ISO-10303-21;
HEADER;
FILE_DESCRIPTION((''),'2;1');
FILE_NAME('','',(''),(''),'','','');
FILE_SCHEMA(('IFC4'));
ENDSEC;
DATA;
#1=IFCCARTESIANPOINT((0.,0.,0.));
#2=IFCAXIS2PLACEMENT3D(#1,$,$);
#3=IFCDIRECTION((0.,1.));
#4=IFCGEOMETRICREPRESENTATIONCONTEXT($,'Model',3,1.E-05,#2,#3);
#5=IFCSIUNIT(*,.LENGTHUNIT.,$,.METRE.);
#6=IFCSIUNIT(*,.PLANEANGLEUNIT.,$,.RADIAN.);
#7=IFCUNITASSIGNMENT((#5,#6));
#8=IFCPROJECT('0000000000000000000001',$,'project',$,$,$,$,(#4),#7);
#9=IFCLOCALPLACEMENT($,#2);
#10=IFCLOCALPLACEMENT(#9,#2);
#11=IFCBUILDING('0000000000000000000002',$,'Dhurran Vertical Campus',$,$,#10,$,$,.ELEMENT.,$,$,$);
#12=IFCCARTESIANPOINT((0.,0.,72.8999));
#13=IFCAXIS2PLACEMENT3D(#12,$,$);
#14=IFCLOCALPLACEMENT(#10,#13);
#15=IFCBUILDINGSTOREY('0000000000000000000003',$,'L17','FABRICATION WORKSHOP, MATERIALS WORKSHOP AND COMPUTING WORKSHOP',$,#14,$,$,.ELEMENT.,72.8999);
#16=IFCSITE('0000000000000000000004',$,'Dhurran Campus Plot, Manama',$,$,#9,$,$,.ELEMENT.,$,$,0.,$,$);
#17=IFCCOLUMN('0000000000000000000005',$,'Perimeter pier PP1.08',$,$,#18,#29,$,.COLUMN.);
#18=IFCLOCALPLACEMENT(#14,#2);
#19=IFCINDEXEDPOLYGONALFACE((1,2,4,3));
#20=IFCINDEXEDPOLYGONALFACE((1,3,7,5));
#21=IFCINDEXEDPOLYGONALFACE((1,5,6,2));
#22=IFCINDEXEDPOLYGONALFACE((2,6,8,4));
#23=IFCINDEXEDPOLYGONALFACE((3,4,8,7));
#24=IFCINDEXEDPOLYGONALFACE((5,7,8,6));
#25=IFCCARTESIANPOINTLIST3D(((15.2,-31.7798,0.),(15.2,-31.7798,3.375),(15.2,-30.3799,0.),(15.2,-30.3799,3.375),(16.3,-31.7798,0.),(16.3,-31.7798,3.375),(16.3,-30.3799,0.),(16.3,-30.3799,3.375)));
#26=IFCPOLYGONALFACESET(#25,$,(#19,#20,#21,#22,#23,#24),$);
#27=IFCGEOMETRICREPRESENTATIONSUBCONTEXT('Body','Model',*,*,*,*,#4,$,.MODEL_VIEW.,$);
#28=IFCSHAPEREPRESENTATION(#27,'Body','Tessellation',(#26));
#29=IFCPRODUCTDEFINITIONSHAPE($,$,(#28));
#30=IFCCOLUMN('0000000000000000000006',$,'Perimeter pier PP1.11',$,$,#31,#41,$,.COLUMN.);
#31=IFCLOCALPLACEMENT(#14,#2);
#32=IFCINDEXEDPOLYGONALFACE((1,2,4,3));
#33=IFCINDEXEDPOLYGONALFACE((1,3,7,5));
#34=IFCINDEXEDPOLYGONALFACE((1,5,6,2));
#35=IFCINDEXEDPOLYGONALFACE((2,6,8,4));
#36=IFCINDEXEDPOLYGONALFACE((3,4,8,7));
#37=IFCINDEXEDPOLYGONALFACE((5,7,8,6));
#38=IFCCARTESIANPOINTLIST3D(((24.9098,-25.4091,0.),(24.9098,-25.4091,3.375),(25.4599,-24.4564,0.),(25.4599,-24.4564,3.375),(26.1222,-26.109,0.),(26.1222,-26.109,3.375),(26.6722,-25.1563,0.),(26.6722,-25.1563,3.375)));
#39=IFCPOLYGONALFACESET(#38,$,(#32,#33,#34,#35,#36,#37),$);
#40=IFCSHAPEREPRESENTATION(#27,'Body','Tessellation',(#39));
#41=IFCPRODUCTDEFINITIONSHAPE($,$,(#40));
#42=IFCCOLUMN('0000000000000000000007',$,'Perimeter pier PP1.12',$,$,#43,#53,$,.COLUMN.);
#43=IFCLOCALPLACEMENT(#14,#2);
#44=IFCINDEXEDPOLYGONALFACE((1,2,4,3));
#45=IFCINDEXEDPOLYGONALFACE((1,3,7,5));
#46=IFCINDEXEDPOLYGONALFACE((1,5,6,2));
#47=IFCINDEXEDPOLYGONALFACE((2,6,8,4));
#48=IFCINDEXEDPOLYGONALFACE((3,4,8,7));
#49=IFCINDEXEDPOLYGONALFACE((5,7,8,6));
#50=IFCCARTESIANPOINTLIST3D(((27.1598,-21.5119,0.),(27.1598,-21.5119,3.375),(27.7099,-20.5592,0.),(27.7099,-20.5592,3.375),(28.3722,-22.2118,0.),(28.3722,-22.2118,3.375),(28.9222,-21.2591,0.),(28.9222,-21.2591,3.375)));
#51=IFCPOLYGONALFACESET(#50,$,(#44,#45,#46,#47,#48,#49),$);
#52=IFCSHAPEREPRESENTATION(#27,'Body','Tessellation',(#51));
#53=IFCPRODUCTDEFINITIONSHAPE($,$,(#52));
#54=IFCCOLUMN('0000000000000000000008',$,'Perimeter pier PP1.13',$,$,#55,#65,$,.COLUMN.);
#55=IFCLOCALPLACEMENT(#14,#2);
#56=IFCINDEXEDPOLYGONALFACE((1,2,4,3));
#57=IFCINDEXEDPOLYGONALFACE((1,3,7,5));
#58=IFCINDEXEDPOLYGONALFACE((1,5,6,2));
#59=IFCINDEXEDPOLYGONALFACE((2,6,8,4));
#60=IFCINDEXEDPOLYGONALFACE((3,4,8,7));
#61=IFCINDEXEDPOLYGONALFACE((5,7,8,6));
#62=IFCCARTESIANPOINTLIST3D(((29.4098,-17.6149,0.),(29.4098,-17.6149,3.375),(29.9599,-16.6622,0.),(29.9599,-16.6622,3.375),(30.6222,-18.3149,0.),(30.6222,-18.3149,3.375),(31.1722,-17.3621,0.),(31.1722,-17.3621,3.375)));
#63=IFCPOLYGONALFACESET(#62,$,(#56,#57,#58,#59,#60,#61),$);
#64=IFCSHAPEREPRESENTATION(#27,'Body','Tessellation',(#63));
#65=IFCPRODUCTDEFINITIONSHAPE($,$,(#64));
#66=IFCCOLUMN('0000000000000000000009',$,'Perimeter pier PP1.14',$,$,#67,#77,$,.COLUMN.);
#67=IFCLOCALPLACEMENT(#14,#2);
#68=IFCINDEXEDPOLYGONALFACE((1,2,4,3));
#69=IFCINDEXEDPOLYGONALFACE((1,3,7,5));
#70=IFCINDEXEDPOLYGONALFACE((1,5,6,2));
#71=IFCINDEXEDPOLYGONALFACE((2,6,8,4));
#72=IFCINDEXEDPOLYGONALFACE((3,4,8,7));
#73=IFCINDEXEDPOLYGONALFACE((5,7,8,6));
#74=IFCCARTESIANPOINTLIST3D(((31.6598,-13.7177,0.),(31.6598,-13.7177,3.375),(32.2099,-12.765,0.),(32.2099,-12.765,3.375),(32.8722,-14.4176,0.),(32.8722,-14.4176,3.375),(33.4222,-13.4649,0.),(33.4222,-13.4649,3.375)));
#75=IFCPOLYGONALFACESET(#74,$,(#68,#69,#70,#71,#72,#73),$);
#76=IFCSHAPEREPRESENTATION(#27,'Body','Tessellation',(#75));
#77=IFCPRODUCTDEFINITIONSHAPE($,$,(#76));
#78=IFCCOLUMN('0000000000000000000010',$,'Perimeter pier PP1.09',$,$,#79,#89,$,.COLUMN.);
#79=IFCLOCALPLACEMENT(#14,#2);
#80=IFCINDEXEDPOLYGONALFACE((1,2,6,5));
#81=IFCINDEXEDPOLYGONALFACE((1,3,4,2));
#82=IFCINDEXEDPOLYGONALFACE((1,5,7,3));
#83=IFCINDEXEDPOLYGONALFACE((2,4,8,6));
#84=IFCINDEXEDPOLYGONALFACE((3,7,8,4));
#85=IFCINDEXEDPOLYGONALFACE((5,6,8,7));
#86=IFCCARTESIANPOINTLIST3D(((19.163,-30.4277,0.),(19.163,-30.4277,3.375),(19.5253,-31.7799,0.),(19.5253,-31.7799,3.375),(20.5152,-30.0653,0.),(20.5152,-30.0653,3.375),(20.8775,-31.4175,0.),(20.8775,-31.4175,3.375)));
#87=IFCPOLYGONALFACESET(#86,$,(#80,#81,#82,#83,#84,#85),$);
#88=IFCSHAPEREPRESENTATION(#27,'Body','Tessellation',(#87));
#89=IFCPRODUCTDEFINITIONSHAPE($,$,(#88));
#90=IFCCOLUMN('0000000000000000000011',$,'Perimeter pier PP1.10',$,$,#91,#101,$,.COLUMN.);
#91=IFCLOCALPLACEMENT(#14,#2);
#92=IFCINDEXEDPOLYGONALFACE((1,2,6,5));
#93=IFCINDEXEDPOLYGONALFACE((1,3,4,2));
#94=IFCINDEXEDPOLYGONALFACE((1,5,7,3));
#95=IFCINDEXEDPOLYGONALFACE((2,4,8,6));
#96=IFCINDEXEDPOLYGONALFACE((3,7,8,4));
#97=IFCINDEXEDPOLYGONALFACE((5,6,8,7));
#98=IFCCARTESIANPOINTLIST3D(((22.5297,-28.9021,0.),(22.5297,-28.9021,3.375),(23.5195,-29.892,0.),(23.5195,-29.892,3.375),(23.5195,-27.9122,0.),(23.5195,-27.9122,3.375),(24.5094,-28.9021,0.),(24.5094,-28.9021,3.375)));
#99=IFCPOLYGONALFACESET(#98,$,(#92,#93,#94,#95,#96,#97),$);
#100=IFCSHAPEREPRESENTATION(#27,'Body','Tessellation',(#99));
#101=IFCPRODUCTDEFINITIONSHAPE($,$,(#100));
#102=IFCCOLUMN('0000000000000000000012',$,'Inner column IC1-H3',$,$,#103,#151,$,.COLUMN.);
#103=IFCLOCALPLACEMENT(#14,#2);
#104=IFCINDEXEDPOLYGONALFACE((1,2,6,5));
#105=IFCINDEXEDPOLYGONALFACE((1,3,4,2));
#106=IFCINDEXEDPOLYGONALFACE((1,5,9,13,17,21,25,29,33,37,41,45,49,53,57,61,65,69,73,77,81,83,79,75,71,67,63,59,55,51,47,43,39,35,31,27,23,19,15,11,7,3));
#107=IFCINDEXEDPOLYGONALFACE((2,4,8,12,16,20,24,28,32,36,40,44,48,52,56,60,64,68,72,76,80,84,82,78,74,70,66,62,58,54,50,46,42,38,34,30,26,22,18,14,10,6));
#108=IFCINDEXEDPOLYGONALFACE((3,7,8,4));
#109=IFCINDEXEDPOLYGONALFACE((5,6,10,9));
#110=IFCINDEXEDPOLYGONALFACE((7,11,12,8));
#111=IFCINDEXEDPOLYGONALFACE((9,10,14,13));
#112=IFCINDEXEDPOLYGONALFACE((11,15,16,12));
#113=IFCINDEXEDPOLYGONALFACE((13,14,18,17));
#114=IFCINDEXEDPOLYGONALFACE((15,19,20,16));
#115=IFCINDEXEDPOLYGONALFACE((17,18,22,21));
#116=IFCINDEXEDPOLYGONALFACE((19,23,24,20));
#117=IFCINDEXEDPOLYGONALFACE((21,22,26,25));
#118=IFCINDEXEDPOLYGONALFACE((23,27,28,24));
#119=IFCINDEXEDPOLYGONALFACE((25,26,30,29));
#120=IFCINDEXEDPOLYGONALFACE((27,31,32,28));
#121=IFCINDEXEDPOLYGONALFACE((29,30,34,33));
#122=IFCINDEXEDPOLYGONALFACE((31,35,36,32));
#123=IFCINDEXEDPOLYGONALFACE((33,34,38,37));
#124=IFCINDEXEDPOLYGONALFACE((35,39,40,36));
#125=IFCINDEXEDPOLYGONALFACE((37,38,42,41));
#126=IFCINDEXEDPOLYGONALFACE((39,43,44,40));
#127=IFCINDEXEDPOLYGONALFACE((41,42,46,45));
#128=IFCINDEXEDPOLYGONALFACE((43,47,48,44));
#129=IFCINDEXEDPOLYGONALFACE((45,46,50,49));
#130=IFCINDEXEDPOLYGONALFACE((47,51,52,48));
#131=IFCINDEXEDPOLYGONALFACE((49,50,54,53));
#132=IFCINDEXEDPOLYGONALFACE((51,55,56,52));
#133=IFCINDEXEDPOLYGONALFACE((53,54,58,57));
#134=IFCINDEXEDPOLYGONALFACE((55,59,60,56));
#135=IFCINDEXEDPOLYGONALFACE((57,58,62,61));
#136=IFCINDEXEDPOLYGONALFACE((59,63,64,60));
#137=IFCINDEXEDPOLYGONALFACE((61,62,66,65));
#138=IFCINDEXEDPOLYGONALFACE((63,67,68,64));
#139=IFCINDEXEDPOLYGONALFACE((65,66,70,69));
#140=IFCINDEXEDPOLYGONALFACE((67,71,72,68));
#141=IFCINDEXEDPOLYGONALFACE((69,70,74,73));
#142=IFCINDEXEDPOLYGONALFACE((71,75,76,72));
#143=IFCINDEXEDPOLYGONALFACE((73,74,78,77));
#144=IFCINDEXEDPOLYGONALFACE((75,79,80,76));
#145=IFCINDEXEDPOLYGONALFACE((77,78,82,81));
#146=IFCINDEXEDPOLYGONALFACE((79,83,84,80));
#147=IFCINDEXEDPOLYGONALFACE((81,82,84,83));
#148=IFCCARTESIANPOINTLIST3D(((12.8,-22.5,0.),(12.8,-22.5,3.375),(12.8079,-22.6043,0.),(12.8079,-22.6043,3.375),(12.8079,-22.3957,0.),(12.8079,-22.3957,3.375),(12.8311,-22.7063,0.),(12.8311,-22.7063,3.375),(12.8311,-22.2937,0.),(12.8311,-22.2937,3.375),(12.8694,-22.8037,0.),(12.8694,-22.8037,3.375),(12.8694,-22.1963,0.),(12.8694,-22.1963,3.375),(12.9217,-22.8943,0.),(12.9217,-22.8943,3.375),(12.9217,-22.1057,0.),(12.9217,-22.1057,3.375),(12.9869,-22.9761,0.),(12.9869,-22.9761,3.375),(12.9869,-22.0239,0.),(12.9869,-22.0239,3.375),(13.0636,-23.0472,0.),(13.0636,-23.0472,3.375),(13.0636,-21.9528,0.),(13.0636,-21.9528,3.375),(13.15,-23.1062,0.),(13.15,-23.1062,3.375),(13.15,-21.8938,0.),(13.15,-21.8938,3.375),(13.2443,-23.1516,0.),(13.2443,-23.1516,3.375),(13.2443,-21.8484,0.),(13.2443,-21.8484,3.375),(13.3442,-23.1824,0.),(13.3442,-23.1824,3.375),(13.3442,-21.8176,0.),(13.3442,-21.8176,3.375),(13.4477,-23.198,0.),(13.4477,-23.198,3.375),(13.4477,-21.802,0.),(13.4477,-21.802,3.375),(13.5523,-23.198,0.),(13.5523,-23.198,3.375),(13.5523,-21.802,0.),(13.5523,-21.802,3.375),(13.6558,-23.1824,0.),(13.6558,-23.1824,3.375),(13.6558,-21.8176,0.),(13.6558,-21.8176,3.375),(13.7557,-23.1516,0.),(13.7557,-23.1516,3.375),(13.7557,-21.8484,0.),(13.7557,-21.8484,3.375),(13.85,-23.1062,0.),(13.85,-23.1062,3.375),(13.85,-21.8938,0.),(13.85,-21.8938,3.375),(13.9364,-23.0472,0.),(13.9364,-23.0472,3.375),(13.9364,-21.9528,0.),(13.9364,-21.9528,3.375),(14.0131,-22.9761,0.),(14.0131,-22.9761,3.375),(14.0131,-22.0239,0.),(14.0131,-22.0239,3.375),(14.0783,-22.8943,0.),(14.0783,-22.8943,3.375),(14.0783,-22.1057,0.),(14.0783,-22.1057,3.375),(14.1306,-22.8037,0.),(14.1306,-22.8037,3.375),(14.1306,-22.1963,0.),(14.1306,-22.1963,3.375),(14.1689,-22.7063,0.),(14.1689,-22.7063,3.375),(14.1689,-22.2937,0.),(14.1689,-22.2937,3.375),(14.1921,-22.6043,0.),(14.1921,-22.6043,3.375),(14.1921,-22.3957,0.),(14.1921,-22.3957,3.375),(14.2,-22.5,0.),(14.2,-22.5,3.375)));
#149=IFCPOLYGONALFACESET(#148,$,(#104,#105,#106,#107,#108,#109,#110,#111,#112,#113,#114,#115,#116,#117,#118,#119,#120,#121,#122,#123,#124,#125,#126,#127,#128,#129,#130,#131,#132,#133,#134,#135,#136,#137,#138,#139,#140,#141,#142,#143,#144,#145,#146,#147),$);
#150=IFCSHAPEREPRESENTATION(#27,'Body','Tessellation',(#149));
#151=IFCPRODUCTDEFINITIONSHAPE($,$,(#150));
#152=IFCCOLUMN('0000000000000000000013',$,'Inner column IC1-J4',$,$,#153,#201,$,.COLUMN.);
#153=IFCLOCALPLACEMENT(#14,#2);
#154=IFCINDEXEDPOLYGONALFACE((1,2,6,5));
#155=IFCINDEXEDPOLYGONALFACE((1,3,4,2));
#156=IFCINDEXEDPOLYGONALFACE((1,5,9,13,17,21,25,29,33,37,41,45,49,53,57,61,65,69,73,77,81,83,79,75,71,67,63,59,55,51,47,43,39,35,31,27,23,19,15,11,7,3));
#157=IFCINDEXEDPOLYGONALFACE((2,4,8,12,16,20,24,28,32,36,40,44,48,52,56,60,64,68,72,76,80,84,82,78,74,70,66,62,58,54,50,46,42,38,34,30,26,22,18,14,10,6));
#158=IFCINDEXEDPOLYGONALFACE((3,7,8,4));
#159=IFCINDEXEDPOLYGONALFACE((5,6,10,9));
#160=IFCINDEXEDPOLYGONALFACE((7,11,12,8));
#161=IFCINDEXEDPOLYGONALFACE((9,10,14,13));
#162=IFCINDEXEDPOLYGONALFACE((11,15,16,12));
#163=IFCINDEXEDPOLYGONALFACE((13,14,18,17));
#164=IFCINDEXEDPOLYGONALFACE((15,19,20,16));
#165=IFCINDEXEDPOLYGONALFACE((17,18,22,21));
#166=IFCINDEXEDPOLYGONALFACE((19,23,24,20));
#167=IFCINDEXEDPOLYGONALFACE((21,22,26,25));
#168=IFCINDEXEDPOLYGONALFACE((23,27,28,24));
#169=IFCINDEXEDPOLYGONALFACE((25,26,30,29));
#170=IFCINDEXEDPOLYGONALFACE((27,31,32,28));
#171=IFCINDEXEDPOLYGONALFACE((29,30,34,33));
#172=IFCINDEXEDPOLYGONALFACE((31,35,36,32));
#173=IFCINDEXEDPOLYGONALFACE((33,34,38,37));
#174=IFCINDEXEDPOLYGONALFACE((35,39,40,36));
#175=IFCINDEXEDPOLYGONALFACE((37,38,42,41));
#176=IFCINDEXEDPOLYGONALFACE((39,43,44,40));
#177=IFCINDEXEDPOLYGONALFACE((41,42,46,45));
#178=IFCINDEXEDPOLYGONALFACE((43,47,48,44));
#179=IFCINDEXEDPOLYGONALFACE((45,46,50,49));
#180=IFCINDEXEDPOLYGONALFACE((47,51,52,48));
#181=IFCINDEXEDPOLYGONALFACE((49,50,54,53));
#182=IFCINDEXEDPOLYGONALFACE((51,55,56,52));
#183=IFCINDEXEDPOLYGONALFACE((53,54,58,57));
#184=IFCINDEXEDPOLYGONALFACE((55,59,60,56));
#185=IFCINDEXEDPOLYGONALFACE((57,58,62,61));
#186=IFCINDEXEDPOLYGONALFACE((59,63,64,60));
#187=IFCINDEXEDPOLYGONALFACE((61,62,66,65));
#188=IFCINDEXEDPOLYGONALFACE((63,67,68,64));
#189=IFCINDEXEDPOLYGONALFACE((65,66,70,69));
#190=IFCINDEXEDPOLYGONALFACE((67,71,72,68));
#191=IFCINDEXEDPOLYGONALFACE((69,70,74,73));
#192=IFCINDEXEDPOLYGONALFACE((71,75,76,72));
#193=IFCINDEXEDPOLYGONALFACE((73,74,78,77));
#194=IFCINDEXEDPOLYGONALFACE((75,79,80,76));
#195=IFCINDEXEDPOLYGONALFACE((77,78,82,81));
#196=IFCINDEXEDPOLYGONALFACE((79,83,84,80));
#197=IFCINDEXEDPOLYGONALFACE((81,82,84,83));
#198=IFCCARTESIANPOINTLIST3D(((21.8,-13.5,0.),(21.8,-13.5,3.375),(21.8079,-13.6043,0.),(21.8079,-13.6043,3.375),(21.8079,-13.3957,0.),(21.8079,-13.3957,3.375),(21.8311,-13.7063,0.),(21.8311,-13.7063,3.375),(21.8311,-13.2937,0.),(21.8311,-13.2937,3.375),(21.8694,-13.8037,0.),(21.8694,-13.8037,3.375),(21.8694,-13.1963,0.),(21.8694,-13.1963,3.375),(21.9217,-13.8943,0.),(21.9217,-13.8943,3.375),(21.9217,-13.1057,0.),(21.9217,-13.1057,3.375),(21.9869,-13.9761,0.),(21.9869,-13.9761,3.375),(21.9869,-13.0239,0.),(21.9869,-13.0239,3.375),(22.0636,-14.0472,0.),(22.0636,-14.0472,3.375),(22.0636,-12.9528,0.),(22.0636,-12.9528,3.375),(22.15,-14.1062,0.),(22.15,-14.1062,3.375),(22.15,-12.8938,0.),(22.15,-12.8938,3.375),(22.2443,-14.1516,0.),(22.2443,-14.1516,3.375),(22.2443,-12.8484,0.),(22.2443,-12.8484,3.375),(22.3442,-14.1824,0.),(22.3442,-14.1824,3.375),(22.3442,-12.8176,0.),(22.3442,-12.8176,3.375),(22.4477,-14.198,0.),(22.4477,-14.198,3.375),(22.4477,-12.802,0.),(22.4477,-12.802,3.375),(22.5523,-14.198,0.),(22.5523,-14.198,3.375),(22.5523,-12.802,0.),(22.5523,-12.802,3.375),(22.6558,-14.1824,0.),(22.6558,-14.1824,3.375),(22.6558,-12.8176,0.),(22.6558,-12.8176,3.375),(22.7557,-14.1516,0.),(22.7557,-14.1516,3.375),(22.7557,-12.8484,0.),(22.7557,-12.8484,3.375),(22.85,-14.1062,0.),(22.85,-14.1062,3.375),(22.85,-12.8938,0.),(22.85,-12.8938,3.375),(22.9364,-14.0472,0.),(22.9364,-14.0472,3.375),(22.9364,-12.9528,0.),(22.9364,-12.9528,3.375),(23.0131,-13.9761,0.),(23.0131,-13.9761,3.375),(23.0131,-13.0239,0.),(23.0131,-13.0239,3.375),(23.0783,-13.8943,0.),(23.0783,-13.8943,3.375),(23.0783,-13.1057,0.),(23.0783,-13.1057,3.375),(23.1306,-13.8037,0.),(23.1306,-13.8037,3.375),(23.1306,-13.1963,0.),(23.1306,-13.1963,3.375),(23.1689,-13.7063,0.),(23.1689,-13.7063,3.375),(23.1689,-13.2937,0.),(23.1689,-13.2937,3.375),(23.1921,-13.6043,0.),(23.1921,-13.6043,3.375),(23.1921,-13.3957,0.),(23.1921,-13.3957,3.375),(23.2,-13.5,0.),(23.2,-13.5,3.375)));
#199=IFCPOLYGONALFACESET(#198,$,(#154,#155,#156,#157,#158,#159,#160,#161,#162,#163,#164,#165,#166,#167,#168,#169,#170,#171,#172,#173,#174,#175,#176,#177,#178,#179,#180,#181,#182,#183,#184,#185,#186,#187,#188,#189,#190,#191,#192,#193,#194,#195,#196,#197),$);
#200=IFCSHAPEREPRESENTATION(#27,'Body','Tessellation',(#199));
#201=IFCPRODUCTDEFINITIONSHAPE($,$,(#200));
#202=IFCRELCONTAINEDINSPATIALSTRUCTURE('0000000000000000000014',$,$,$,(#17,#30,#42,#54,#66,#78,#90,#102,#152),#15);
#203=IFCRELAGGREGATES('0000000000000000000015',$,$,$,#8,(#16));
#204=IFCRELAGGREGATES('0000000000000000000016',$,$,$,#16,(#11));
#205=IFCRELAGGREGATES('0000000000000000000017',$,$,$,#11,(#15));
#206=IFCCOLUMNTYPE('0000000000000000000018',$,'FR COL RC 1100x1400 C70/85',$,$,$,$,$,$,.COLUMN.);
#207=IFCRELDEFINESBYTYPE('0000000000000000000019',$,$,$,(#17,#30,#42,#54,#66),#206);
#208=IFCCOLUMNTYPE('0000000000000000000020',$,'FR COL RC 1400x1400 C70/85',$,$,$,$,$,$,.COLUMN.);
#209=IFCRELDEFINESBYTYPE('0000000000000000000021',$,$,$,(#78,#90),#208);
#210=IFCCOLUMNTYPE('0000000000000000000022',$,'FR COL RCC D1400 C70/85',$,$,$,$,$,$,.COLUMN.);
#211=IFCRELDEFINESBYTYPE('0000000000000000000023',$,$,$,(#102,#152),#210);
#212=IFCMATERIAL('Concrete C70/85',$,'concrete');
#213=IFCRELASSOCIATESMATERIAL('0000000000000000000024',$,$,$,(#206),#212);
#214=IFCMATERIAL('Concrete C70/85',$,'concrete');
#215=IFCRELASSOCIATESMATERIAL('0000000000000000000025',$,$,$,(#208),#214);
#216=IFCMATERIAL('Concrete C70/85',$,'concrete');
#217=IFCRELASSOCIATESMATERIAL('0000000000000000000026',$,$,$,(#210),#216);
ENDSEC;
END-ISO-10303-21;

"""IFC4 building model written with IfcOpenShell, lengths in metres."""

from ifc_helpers import new_model, si_unit, direction, frame, origin, origin_2d, place, context, subcontext, project, spatial, rectangle, circle, extrude, material, material_profile, profile_set, type_object, element, save


model = new_model("IFC4")

# Units and contexts
model_context = context("Model", 3, precision=1e-05, world=origin(), true_north=direction((0.0, 1.0)))
body_context = subcontext(model_context, "Body", "Model", "MODEL_VIEW")
ifc_project = project(units=[si_unit("LENGTHUNIT", "METRE"), si_unit("PLANEANGLEUNIT", "RADIAN")], contexts=[model_context])

# Site, building, storey
site_placement = place(None, origin())
site = spatial("IfcSite", under=ifc_project, at=site_placement, Name="Dhurran Campus Plot, Manama", CompositionType="ELEMENT", RefElevation=0.0)
building_placement = place(site_placement, origin())
building = spatial("IfcBuilding", under=site, at=building_placement, Name="Dhurran Vertical Campus", CompositionType="ELEMENT")
storey_placement = place(building_placement, frame((0.0, 0.0, 72.8999)))
storey = spatial("IfcBuildingStorey", under=building, at=storey_placement, Name="L17", Description="FABRICATION WORKSHOP, MATERIALS WORKSHOP AND COMPUTING WORKSHOP", CompositionType="ELEMENT", Elevation=72.8999)

# Columns
ifc_material_1 = material(Name="Concrete C70/85", Category="concrete")
ifc_material_profile_1 = material_profile(ifc_material_1, rectangle(XDim=1.1001, YDim=1.3999, at=origin_2d()), Name="RC 1100x1400")
ifc_profile_set_1 = profile_set([ifc_material_profile_1], Name="Concrete C70/85")
column_type_1 = type_object("IfcColumnType", Name="FR COL RC 1100x1400 C70/85", PredefinedType="COLUMN", material=ifc_profile_set_1)
for number, where, z_axis, x_axis, name in (
    (1, (15.75, -31.0798, 0.0), (0.0, 0.0, 1.0), (1.0, 0.0, 0.0), "Perimeter pier PP1.08"),
    (2, (25.791, -25.2827, 0.0), (0.0, 0.0, 1.0), (0.5, 0.866025, 0.0), "Perimeter pier PP1.11"),
    (3, (28.041, -21.3855, 0.0), (0.0, 0.0, 1.0), (0.5, 0.866025, 0.0), "Perimeter pier PP1.12"),
    (4, (30.291, -17.4885, 0.0), (0.0, 0.0, 1.0), (0.5, 0.866025, 0.0), "Perimeter pier PP1.13"),
    (5, (32.541, -13.5913, 0.0), (0.0, 0.0, 1.0), (0.5, 0.866025, 0.0), "Perimeter pier PP1.14"),
):
    element("IfcColumn", number, at=place(storey_placement, frame(where, z_axis=z_axis, x_axis=x_axis)), inside=storey, type_object=column_type_1, Name=name, PredefinedType="COLUMN", context=body_context, shape_type="SweptSolid", body=[
        extrude(rectangle(XDim=1.1001, YDim=1.3999, at=origin_2d()), origin(), (0.0, 0.0, 1.0), 3.375),
    ])
ifc_material_2 = material(Name="Concrete C70/85", Category="concrete")
ifc_material_profile_2 = material_profile(ifc_material_2, rectangle(XDim=1.3999, YDim=1.3999, at=origin_2d()), Name="RC 1400x1400")
ifc_profile_set_2 = profile_set([ifc_material_profile_2], Name="Concrete C70/85")
column_type_2 = type_object("IfcColumnType", Name="FR COL RC 1400x1400 C70/85", PredefinedType="COLUMN", material=ifc_profile_set_2)
for number, where, z_axis, x_axis, name in (
    (6, (20.0203, -30.9226, 0.0), (0.0, 0.0, 1.0), (0.965926, 0.258819, 0.0), "Perimeter pier PP1.09"),
    (7, (23.5195, -28.9021, 0.0), (0.0, 0.0, 1.0), (0.707107, 0.707107, 0.0), "Perimeter pier PP1.10"),
):
    element("IfcColumn", number, at=place(storey_placement, frame(where, z_axis=z_axis, x_axis=x_axis)), inside=storey, type_object=column_type_2, Name=name, PredefinedType="COLUMN", context=body_context, shape_type="SweptSolid", body=[
        extrude(rectangle(XDim=1.3999, YDim=1.3999, at=origin_2d()), origin(), (0.0, 0.0, 1.0), 3.375),
    ])
ifc_material_3 = material(Name="Concrete C70/85", Category="concrete")
ifc_material_profile_3 = material_profile(ifc_material_3, circle(Radius=0.7, at=origin_2d()), Name="RCC D1400")
ifc_profile_set_3 = profile_set([ifc_material_profile_3], Name="Concrete C70/85")
column_type_3 = type_object("IfcColumnType", Name="FR COL RCC D1400 C70/85", PredefinedType="COLUMN", material=ifc_profile_set_3)
for number, where, z_axis, x_axis, name in (
    (8, (13.5, -22.5, 0.0), (0.0, 0.0, 1.0), (1.0, 0.0, 0.0), "Inner column IC1-H3"),
    (9, (22.5, -13.5, 0.0), (0.0, 0.0, 1.0), (1.0, 0.0, 0.0), "Inner column IC1-J4"),
):
    element("IfcColumn", number, at=place(storey_placement, frame(where, z_axis=z_axis, x_axis=x_axis)), inside=storey, type_object=column_type_3, Name=name, PredefinedType="COLUMN", context=body_context, shape_type="SweptSolid", body=[
        extrude(circle(Radius=0.7, at=origin_2d()), origin(), (0.0, 0.0, 1.0), 3.375),
    ])

save(model, "model.ifc")
